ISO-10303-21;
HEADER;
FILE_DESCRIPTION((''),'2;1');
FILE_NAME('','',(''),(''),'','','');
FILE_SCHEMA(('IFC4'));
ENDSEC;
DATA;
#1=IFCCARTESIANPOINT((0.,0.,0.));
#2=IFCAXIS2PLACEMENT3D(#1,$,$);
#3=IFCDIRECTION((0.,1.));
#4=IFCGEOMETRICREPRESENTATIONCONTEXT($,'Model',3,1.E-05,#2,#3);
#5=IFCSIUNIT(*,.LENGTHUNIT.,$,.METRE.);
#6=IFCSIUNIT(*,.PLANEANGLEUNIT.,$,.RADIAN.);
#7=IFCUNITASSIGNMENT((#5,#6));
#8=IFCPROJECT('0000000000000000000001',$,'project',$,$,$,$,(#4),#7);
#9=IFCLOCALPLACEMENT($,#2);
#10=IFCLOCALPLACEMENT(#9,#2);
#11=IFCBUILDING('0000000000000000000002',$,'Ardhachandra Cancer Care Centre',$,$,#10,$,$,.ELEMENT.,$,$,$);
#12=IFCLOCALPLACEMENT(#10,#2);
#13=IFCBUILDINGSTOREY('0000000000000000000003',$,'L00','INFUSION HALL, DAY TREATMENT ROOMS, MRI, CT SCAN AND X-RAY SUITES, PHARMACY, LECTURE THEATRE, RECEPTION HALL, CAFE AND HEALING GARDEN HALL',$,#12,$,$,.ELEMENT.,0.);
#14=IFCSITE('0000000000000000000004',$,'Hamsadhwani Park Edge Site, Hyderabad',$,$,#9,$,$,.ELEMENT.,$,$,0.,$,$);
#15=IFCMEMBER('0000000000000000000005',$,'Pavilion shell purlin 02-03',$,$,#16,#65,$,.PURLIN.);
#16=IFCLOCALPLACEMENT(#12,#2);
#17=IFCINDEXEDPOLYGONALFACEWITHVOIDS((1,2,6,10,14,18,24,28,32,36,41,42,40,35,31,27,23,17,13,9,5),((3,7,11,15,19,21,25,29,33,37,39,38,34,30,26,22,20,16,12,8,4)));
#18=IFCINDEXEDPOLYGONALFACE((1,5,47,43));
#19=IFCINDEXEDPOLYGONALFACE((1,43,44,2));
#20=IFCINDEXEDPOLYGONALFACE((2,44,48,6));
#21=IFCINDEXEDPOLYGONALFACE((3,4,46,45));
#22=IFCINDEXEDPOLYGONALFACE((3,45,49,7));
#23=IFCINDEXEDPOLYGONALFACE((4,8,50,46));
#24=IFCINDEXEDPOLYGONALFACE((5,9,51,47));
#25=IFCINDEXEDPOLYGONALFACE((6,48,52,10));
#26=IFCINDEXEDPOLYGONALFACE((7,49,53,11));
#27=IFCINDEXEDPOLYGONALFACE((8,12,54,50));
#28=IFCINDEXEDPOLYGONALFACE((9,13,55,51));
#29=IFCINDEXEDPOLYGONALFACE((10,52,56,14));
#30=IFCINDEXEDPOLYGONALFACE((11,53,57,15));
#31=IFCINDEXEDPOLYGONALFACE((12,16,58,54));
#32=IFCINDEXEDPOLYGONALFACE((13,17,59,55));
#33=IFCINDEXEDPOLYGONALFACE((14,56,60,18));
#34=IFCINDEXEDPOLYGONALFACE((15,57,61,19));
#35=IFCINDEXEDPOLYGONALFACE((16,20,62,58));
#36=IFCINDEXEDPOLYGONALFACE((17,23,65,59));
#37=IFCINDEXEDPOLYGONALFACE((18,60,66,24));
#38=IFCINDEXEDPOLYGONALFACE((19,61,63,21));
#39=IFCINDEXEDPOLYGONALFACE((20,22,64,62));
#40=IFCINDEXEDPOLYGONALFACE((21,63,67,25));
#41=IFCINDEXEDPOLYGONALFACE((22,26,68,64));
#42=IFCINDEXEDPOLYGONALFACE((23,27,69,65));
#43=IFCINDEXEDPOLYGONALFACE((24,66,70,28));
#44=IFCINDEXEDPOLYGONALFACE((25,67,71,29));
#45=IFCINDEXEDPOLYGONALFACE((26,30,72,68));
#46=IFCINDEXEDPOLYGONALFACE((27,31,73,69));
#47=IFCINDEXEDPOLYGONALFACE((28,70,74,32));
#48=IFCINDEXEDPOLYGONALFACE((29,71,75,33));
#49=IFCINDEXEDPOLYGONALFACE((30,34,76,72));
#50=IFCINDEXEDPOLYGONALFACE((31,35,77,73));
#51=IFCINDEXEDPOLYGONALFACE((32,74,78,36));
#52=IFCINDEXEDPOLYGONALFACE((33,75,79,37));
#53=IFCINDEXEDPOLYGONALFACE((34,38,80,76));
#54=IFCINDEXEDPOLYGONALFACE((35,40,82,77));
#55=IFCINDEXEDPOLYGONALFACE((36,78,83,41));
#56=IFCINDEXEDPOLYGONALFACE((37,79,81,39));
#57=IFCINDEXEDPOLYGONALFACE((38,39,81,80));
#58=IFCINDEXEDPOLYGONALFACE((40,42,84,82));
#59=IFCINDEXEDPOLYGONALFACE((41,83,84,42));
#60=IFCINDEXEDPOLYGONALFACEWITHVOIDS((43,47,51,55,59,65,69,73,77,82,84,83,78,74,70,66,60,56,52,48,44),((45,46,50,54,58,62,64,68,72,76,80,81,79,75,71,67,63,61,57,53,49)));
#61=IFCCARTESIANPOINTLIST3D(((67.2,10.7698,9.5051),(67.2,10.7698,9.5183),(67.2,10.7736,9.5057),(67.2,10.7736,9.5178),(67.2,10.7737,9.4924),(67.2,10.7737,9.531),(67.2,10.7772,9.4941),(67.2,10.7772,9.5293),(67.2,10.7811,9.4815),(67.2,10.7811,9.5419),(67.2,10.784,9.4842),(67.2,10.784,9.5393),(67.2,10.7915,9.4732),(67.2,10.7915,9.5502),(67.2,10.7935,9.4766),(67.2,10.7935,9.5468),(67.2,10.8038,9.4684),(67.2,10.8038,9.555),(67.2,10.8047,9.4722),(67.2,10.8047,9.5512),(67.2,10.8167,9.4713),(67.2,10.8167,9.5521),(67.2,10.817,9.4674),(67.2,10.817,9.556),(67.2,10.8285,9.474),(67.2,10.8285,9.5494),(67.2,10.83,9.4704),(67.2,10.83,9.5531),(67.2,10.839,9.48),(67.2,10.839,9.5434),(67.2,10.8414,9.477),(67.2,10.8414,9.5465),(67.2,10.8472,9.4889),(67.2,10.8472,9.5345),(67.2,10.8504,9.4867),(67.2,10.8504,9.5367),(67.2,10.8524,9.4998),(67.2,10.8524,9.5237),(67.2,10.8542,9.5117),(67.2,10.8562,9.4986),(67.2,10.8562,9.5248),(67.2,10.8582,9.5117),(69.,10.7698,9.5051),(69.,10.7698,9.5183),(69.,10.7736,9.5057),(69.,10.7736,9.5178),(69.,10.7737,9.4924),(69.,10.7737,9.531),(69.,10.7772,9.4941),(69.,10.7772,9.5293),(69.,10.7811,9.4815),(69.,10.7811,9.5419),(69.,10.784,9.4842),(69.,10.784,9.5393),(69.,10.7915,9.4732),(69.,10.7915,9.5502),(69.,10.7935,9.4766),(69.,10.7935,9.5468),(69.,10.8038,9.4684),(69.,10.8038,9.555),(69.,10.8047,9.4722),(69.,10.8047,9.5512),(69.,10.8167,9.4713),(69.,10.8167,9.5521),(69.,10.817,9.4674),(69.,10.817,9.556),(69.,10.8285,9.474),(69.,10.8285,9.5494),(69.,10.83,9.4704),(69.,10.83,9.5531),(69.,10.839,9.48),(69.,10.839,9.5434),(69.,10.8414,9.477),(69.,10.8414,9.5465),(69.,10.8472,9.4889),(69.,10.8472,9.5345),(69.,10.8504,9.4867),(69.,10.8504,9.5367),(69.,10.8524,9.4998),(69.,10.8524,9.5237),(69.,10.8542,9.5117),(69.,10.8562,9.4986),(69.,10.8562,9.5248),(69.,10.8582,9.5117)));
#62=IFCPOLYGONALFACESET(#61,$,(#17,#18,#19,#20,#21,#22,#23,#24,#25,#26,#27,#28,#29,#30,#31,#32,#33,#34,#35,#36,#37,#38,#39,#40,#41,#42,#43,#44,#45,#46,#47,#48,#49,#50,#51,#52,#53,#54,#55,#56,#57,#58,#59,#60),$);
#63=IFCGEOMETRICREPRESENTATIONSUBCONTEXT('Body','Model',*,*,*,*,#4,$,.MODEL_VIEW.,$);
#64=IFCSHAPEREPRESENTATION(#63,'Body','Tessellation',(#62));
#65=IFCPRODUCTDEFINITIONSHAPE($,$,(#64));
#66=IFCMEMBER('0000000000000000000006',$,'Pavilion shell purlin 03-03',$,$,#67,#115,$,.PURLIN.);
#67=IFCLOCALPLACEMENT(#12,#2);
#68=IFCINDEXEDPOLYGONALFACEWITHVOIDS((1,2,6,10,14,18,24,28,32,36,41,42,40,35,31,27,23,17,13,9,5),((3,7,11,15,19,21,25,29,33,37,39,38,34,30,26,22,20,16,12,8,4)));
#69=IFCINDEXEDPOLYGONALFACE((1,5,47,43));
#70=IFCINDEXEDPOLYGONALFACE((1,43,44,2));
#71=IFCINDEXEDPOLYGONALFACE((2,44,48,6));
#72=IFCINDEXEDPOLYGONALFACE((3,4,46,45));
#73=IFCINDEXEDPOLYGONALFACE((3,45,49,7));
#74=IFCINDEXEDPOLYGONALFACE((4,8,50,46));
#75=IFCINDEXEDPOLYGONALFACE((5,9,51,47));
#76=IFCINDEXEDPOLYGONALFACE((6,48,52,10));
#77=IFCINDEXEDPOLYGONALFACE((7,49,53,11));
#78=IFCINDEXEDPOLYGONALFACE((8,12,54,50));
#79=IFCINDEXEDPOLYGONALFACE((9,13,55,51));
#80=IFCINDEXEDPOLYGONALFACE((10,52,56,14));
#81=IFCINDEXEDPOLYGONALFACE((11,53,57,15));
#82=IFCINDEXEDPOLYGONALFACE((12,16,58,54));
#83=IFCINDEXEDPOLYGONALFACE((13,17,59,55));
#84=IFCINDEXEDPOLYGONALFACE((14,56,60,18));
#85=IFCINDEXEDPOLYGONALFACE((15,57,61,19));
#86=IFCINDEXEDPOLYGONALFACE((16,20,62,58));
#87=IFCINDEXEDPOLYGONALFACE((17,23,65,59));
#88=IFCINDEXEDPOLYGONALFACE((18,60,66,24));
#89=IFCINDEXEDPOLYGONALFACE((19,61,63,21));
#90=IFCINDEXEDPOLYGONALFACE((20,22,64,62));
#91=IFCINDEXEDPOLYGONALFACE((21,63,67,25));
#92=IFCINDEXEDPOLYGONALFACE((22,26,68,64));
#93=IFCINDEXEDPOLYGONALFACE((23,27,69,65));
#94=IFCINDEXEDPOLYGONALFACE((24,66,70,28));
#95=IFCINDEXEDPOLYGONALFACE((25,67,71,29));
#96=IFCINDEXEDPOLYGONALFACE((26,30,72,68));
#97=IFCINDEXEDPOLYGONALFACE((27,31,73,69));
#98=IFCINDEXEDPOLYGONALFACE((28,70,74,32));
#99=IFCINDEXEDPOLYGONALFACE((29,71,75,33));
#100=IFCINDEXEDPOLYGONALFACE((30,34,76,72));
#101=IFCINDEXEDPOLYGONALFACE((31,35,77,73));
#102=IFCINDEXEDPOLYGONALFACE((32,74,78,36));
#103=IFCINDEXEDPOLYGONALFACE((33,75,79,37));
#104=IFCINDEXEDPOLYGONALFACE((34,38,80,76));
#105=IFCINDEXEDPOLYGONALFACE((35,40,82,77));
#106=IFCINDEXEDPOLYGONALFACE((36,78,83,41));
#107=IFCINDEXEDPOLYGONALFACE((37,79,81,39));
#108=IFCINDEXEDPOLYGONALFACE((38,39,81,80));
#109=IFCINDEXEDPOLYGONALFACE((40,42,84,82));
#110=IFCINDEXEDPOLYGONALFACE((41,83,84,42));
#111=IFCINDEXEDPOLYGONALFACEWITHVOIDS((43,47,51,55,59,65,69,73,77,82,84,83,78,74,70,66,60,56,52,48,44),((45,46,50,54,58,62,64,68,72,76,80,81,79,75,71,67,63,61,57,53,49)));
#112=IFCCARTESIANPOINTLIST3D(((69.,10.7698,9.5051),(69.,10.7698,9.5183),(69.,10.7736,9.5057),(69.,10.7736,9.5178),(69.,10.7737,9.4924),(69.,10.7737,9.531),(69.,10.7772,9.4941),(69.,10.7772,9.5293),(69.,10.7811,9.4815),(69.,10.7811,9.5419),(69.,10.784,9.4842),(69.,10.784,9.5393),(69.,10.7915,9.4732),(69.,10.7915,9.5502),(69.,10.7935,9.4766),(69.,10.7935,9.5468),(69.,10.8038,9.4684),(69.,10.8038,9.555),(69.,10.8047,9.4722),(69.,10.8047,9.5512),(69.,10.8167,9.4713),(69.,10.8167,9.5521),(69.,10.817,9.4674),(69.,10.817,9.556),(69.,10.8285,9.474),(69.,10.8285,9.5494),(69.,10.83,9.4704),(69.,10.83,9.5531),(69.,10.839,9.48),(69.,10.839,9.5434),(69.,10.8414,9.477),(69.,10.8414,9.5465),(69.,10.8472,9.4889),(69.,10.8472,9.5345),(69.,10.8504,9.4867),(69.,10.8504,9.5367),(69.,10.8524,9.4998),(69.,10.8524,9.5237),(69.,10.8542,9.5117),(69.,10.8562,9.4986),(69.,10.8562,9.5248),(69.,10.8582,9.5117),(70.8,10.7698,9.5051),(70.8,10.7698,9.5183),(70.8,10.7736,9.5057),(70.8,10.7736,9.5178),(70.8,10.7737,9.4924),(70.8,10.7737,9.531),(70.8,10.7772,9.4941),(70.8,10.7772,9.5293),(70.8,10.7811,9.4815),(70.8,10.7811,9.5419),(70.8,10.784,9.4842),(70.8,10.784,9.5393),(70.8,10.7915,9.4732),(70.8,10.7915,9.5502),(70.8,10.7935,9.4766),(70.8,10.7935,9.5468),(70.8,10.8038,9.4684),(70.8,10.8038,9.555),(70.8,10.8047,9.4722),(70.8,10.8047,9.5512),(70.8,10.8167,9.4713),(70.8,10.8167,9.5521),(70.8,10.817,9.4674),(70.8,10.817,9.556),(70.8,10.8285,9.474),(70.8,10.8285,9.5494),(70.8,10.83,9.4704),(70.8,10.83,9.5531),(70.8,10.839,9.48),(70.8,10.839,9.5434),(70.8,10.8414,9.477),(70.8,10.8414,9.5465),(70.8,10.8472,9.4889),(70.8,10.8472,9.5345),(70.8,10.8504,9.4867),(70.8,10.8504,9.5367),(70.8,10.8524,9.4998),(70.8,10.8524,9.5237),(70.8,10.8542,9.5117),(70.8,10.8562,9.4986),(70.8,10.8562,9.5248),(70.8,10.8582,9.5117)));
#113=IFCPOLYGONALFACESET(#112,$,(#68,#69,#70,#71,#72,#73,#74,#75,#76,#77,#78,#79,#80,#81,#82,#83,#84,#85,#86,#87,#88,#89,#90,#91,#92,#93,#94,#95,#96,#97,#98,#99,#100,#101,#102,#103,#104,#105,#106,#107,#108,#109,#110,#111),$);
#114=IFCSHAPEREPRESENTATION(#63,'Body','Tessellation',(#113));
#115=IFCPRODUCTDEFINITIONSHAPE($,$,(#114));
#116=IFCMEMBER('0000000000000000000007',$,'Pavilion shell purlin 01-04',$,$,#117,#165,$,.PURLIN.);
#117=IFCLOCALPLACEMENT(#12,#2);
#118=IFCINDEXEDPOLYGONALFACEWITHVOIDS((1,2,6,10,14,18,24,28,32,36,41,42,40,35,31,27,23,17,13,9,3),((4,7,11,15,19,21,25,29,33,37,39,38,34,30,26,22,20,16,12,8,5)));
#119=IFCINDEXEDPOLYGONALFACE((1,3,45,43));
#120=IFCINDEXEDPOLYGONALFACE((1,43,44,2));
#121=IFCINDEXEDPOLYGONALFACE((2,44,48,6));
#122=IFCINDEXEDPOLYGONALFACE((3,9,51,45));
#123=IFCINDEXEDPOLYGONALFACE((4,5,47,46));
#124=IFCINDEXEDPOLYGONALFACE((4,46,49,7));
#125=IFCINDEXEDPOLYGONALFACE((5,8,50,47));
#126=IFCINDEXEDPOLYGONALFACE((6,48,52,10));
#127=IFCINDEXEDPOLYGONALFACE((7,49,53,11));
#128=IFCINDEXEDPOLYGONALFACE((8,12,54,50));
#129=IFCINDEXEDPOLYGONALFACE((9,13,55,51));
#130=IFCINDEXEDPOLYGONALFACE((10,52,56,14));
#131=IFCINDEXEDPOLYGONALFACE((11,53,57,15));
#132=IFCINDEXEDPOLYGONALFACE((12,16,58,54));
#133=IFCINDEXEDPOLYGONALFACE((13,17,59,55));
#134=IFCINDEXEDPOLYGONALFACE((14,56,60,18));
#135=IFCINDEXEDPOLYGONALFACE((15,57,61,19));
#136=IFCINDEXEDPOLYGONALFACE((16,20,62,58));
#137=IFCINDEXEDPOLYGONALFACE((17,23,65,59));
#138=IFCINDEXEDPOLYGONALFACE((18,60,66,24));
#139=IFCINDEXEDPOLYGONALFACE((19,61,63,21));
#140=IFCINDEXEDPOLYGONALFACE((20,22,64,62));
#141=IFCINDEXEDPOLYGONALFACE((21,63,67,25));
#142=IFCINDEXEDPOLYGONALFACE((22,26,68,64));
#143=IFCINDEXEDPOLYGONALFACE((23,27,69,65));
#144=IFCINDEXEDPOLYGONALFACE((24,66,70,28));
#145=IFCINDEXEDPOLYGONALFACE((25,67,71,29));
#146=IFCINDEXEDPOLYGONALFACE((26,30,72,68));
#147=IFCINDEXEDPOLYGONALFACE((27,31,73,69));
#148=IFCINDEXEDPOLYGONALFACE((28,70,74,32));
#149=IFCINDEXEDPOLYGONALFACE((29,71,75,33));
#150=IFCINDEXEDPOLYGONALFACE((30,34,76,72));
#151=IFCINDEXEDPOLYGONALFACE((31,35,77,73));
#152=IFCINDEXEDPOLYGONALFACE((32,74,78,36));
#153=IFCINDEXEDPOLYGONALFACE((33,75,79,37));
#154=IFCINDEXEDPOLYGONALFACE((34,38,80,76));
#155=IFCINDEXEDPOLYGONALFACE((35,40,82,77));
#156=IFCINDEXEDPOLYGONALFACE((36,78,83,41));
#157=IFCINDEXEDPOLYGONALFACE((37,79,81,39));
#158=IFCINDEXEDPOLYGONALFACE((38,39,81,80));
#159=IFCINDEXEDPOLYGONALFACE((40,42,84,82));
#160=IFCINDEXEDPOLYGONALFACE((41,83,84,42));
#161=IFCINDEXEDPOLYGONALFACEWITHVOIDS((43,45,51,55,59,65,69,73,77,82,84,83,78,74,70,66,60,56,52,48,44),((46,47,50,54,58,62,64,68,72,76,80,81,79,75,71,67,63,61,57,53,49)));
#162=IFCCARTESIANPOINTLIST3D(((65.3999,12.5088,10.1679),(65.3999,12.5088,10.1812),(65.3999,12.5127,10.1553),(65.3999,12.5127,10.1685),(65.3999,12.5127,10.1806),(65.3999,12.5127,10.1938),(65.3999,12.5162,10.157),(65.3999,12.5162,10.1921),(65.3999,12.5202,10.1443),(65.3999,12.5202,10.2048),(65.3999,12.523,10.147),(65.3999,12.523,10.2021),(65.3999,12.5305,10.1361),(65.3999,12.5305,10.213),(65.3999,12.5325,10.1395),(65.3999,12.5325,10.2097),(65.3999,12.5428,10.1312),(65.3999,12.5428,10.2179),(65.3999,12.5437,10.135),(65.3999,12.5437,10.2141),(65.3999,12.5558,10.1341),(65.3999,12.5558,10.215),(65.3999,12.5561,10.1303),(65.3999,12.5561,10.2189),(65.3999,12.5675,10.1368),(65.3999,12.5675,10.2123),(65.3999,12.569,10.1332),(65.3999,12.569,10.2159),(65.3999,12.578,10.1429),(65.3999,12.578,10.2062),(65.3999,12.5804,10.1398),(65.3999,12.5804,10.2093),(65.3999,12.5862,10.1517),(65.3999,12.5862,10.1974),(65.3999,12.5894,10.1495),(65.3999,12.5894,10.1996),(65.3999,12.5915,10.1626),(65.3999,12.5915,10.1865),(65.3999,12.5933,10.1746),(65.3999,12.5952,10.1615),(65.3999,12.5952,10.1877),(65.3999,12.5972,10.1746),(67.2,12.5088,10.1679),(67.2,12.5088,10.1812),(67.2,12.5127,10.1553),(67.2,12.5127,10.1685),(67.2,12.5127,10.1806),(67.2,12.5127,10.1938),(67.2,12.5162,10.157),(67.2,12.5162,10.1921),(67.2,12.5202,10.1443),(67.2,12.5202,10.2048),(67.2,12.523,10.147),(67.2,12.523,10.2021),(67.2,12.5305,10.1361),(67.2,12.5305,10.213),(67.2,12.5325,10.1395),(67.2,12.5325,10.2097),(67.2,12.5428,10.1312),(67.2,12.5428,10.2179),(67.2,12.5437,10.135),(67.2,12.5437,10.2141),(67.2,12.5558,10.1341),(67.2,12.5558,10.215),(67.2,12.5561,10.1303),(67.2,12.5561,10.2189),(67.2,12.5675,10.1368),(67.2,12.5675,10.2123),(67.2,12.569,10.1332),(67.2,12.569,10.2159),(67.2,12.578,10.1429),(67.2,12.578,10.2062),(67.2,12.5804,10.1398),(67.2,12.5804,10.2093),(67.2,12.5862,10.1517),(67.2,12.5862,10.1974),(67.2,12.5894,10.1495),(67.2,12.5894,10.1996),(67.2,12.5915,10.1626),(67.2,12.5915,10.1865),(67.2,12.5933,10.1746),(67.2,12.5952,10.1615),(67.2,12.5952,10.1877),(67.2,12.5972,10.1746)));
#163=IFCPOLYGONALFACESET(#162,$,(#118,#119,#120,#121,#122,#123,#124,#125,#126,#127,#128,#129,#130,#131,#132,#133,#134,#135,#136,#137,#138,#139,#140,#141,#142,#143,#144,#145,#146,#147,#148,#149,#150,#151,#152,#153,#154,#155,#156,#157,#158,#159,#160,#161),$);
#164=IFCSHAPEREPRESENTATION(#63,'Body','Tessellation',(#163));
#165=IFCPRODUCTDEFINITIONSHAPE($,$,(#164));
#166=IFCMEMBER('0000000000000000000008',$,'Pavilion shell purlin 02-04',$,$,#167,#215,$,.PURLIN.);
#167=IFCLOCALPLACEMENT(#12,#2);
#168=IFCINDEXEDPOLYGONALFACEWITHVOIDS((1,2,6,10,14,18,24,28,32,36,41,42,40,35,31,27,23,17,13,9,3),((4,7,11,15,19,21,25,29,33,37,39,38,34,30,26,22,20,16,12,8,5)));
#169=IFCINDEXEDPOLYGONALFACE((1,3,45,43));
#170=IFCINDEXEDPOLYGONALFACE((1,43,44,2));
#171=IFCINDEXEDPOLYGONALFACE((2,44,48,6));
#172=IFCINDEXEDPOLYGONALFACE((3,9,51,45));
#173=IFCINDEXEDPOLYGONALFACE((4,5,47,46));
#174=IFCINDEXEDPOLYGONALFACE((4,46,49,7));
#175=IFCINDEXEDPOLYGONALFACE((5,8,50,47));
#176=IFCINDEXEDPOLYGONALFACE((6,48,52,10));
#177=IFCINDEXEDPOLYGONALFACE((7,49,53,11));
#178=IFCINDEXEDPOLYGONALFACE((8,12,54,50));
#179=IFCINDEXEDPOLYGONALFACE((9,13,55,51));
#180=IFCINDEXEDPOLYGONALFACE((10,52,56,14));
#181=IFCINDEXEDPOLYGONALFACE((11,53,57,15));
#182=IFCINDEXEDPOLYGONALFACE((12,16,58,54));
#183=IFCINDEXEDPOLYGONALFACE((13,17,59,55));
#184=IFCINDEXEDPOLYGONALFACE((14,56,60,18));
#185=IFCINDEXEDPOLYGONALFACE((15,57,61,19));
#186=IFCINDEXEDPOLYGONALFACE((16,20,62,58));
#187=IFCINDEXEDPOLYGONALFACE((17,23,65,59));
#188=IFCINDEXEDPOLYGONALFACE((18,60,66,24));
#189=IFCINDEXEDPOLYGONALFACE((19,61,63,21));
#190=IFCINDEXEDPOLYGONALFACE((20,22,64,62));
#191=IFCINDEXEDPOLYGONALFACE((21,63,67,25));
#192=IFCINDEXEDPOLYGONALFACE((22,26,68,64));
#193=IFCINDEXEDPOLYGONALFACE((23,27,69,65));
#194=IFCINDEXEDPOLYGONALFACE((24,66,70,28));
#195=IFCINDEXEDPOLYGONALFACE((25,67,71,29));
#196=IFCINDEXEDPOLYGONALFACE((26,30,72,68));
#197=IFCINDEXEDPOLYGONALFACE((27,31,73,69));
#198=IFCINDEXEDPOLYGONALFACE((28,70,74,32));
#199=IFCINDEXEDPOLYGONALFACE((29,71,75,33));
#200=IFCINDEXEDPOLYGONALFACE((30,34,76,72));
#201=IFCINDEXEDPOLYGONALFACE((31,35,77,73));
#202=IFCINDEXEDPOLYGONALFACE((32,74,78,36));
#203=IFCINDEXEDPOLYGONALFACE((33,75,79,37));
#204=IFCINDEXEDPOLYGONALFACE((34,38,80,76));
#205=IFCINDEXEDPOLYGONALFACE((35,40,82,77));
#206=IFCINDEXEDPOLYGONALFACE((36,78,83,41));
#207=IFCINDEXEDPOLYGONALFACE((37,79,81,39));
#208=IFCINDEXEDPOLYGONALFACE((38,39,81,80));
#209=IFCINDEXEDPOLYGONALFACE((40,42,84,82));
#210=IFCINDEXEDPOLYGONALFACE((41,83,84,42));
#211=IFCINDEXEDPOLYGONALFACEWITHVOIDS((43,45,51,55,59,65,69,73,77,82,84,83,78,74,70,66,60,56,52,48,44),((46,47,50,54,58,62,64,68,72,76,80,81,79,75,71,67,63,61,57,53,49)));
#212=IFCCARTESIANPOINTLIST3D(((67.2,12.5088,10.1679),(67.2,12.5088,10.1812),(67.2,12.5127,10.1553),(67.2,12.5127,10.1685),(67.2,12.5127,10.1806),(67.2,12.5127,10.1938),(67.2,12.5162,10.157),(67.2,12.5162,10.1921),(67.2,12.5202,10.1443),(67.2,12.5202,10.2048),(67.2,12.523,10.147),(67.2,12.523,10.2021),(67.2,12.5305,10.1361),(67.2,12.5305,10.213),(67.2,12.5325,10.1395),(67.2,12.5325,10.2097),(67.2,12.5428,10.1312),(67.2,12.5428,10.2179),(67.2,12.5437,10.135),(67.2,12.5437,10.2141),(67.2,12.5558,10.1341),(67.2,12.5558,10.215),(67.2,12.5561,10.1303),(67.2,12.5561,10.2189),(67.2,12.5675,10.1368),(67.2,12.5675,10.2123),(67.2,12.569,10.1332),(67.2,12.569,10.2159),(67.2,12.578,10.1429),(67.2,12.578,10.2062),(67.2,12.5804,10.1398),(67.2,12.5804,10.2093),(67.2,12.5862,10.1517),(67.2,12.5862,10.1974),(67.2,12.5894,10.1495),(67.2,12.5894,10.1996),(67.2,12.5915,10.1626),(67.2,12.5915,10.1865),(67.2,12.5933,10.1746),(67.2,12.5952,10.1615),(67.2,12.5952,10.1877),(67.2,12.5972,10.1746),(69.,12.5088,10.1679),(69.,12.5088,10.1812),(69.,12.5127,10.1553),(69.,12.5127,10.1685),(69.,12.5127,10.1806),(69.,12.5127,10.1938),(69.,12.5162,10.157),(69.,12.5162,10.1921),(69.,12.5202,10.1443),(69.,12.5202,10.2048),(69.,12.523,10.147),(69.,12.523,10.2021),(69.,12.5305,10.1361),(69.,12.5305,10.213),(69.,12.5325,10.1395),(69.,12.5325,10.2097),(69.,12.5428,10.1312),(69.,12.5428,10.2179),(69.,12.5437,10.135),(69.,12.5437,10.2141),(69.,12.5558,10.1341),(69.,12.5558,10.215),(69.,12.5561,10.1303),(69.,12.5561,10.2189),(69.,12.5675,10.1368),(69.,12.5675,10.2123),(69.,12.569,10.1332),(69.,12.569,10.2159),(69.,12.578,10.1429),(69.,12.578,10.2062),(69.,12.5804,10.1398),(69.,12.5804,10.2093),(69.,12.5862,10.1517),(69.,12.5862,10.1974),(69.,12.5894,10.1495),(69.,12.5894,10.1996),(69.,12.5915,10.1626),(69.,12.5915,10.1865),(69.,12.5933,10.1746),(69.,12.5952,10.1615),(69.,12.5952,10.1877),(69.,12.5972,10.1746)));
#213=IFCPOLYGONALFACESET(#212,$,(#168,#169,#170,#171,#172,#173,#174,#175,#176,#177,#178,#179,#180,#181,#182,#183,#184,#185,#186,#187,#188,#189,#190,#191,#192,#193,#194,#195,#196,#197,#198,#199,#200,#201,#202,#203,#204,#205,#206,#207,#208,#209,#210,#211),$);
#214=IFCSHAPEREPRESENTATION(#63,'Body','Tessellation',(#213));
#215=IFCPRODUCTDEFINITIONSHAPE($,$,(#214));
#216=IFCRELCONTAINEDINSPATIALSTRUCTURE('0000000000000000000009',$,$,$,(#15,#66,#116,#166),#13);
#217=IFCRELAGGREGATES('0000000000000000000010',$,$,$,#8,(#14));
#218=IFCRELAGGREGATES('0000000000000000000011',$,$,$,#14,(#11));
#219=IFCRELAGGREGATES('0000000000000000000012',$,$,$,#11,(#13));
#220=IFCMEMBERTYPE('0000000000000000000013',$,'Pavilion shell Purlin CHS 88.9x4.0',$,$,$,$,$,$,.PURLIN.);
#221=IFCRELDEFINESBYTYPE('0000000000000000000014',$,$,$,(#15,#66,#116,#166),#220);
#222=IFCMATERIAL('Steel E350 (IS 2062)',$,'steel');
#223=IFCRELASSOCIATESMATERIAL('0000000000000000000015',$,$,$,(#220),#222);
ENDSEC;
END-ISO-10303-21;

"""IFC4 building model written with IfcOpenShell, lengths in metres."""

from ifc_helpers import new_model, si_unit, direction, frame, origin, origin_2d, place, context, subcontext, project, spatial, hollow_circle, extrude, material, material_profile, profile_set, type_object, element, save


model = new_model("IFC4")

# Units and contexts
model_context = context("Model", 3, precision=1e-05, world=origin(), true_north=direction((0.0, 1.0)))
body_context = subcontext(model_context, "Body", "Model", "MODEL_VIEW")
ifc_project = project(units=[si_unit("LENGTHUNIT", "METRE"), si_unit("PLANEANGLEUNIT", "RADIAN")], contexts=[model_context])

# Site, building, storey
site_placement = place(None, origin())
site = spatial("IfcSite", under=ifc_project, at=site_placement, Name="Hamsadhwani Park Edge Site, Hyderabad", CompositionType="ELEMENT", RefElevation=0.0)
building_placement = place(site_placement, origin())
building = spatial("IfcBuilding", under=site, at=building_placement, Name="Ardhachandra Cancer Care Centre", CompositionType="ELEMENT")
storey_placement = place(building_placement, origin())
storey = spatial("IfcBuildingStorey", under=building, at=storey_placement, Name="L00", Description="INFUSION HALL, DAY TREATMENT ROOMS, MRI, CT SCAN AND X-RAY SUITES, PHARMACY, LECTURE THEATRE, RECEPTION HALL, CAFE AND HEALING GARDEN HALL", CompositionType="ELEMENT", Elevation=0.0)

# Members
ifc_material_1 = material(Name="Steel E350 (IS 2062)", Category="steel")
ifc_material_profile_1 = material_profile(ifc_material_1, hollow_circle(Radius=0.0444, WallThickness=0.0039, at=origin_2d()), Name="CHS 88.9x4.0")
ifc_profile_set_1 = profile_set([ifc_material_profile_1], Name="Steel E350 (IS 2062)")
member_type_1 = type_object("IfcMemberType", Name="Pavilion shell Purlin CHS 88.9x4.0", PredefinedType="PURLIN", material=ifc_profile_set_1)
for number, where, z_axis, x_axis, name in (
    (1, (67.2, 10.8137, 9.5117), (1.0, 0.0, 0.0), (0.0, 1.0, 0.0), "Pavilion shell purlin 02-03"),
    (2, (69.0, 10.8137, 9.5117), (1.0, 0.0, 0.0), (0.0, 1.0, 0.0), "Pavilion shell purlin 03-03"),
    (3, (65.3999, 12.5527, 10.1746), (1.0, 0.0, 0.0), (0.0, 1.0, 0.0), "Pavilion shell purlin 01-04"),
    (4, (67.2, 12.5527, 10.1746), (1.0, 0.0, 0.0), (0.0, 1.0, 0.0), "Pavilion shell purlin 02-04"),
):
    element("IfcMember", number, at=place(storey_placement, frame(where, z_axis=z_axis, x_axis=x_axis)), inside=storey, type_object=member_type_1, Name=name, PredefinedType="PURLIN", context=body_context, shape_type="SweptSolid", body=[
        extrude(hollow_circle(Radius=0.0444, WallThickness=0.0039, at=origin_2d()), origin(), (0.0, 0.0, 1.0), 1.8),
    ])

save(model, "model.ifc")
